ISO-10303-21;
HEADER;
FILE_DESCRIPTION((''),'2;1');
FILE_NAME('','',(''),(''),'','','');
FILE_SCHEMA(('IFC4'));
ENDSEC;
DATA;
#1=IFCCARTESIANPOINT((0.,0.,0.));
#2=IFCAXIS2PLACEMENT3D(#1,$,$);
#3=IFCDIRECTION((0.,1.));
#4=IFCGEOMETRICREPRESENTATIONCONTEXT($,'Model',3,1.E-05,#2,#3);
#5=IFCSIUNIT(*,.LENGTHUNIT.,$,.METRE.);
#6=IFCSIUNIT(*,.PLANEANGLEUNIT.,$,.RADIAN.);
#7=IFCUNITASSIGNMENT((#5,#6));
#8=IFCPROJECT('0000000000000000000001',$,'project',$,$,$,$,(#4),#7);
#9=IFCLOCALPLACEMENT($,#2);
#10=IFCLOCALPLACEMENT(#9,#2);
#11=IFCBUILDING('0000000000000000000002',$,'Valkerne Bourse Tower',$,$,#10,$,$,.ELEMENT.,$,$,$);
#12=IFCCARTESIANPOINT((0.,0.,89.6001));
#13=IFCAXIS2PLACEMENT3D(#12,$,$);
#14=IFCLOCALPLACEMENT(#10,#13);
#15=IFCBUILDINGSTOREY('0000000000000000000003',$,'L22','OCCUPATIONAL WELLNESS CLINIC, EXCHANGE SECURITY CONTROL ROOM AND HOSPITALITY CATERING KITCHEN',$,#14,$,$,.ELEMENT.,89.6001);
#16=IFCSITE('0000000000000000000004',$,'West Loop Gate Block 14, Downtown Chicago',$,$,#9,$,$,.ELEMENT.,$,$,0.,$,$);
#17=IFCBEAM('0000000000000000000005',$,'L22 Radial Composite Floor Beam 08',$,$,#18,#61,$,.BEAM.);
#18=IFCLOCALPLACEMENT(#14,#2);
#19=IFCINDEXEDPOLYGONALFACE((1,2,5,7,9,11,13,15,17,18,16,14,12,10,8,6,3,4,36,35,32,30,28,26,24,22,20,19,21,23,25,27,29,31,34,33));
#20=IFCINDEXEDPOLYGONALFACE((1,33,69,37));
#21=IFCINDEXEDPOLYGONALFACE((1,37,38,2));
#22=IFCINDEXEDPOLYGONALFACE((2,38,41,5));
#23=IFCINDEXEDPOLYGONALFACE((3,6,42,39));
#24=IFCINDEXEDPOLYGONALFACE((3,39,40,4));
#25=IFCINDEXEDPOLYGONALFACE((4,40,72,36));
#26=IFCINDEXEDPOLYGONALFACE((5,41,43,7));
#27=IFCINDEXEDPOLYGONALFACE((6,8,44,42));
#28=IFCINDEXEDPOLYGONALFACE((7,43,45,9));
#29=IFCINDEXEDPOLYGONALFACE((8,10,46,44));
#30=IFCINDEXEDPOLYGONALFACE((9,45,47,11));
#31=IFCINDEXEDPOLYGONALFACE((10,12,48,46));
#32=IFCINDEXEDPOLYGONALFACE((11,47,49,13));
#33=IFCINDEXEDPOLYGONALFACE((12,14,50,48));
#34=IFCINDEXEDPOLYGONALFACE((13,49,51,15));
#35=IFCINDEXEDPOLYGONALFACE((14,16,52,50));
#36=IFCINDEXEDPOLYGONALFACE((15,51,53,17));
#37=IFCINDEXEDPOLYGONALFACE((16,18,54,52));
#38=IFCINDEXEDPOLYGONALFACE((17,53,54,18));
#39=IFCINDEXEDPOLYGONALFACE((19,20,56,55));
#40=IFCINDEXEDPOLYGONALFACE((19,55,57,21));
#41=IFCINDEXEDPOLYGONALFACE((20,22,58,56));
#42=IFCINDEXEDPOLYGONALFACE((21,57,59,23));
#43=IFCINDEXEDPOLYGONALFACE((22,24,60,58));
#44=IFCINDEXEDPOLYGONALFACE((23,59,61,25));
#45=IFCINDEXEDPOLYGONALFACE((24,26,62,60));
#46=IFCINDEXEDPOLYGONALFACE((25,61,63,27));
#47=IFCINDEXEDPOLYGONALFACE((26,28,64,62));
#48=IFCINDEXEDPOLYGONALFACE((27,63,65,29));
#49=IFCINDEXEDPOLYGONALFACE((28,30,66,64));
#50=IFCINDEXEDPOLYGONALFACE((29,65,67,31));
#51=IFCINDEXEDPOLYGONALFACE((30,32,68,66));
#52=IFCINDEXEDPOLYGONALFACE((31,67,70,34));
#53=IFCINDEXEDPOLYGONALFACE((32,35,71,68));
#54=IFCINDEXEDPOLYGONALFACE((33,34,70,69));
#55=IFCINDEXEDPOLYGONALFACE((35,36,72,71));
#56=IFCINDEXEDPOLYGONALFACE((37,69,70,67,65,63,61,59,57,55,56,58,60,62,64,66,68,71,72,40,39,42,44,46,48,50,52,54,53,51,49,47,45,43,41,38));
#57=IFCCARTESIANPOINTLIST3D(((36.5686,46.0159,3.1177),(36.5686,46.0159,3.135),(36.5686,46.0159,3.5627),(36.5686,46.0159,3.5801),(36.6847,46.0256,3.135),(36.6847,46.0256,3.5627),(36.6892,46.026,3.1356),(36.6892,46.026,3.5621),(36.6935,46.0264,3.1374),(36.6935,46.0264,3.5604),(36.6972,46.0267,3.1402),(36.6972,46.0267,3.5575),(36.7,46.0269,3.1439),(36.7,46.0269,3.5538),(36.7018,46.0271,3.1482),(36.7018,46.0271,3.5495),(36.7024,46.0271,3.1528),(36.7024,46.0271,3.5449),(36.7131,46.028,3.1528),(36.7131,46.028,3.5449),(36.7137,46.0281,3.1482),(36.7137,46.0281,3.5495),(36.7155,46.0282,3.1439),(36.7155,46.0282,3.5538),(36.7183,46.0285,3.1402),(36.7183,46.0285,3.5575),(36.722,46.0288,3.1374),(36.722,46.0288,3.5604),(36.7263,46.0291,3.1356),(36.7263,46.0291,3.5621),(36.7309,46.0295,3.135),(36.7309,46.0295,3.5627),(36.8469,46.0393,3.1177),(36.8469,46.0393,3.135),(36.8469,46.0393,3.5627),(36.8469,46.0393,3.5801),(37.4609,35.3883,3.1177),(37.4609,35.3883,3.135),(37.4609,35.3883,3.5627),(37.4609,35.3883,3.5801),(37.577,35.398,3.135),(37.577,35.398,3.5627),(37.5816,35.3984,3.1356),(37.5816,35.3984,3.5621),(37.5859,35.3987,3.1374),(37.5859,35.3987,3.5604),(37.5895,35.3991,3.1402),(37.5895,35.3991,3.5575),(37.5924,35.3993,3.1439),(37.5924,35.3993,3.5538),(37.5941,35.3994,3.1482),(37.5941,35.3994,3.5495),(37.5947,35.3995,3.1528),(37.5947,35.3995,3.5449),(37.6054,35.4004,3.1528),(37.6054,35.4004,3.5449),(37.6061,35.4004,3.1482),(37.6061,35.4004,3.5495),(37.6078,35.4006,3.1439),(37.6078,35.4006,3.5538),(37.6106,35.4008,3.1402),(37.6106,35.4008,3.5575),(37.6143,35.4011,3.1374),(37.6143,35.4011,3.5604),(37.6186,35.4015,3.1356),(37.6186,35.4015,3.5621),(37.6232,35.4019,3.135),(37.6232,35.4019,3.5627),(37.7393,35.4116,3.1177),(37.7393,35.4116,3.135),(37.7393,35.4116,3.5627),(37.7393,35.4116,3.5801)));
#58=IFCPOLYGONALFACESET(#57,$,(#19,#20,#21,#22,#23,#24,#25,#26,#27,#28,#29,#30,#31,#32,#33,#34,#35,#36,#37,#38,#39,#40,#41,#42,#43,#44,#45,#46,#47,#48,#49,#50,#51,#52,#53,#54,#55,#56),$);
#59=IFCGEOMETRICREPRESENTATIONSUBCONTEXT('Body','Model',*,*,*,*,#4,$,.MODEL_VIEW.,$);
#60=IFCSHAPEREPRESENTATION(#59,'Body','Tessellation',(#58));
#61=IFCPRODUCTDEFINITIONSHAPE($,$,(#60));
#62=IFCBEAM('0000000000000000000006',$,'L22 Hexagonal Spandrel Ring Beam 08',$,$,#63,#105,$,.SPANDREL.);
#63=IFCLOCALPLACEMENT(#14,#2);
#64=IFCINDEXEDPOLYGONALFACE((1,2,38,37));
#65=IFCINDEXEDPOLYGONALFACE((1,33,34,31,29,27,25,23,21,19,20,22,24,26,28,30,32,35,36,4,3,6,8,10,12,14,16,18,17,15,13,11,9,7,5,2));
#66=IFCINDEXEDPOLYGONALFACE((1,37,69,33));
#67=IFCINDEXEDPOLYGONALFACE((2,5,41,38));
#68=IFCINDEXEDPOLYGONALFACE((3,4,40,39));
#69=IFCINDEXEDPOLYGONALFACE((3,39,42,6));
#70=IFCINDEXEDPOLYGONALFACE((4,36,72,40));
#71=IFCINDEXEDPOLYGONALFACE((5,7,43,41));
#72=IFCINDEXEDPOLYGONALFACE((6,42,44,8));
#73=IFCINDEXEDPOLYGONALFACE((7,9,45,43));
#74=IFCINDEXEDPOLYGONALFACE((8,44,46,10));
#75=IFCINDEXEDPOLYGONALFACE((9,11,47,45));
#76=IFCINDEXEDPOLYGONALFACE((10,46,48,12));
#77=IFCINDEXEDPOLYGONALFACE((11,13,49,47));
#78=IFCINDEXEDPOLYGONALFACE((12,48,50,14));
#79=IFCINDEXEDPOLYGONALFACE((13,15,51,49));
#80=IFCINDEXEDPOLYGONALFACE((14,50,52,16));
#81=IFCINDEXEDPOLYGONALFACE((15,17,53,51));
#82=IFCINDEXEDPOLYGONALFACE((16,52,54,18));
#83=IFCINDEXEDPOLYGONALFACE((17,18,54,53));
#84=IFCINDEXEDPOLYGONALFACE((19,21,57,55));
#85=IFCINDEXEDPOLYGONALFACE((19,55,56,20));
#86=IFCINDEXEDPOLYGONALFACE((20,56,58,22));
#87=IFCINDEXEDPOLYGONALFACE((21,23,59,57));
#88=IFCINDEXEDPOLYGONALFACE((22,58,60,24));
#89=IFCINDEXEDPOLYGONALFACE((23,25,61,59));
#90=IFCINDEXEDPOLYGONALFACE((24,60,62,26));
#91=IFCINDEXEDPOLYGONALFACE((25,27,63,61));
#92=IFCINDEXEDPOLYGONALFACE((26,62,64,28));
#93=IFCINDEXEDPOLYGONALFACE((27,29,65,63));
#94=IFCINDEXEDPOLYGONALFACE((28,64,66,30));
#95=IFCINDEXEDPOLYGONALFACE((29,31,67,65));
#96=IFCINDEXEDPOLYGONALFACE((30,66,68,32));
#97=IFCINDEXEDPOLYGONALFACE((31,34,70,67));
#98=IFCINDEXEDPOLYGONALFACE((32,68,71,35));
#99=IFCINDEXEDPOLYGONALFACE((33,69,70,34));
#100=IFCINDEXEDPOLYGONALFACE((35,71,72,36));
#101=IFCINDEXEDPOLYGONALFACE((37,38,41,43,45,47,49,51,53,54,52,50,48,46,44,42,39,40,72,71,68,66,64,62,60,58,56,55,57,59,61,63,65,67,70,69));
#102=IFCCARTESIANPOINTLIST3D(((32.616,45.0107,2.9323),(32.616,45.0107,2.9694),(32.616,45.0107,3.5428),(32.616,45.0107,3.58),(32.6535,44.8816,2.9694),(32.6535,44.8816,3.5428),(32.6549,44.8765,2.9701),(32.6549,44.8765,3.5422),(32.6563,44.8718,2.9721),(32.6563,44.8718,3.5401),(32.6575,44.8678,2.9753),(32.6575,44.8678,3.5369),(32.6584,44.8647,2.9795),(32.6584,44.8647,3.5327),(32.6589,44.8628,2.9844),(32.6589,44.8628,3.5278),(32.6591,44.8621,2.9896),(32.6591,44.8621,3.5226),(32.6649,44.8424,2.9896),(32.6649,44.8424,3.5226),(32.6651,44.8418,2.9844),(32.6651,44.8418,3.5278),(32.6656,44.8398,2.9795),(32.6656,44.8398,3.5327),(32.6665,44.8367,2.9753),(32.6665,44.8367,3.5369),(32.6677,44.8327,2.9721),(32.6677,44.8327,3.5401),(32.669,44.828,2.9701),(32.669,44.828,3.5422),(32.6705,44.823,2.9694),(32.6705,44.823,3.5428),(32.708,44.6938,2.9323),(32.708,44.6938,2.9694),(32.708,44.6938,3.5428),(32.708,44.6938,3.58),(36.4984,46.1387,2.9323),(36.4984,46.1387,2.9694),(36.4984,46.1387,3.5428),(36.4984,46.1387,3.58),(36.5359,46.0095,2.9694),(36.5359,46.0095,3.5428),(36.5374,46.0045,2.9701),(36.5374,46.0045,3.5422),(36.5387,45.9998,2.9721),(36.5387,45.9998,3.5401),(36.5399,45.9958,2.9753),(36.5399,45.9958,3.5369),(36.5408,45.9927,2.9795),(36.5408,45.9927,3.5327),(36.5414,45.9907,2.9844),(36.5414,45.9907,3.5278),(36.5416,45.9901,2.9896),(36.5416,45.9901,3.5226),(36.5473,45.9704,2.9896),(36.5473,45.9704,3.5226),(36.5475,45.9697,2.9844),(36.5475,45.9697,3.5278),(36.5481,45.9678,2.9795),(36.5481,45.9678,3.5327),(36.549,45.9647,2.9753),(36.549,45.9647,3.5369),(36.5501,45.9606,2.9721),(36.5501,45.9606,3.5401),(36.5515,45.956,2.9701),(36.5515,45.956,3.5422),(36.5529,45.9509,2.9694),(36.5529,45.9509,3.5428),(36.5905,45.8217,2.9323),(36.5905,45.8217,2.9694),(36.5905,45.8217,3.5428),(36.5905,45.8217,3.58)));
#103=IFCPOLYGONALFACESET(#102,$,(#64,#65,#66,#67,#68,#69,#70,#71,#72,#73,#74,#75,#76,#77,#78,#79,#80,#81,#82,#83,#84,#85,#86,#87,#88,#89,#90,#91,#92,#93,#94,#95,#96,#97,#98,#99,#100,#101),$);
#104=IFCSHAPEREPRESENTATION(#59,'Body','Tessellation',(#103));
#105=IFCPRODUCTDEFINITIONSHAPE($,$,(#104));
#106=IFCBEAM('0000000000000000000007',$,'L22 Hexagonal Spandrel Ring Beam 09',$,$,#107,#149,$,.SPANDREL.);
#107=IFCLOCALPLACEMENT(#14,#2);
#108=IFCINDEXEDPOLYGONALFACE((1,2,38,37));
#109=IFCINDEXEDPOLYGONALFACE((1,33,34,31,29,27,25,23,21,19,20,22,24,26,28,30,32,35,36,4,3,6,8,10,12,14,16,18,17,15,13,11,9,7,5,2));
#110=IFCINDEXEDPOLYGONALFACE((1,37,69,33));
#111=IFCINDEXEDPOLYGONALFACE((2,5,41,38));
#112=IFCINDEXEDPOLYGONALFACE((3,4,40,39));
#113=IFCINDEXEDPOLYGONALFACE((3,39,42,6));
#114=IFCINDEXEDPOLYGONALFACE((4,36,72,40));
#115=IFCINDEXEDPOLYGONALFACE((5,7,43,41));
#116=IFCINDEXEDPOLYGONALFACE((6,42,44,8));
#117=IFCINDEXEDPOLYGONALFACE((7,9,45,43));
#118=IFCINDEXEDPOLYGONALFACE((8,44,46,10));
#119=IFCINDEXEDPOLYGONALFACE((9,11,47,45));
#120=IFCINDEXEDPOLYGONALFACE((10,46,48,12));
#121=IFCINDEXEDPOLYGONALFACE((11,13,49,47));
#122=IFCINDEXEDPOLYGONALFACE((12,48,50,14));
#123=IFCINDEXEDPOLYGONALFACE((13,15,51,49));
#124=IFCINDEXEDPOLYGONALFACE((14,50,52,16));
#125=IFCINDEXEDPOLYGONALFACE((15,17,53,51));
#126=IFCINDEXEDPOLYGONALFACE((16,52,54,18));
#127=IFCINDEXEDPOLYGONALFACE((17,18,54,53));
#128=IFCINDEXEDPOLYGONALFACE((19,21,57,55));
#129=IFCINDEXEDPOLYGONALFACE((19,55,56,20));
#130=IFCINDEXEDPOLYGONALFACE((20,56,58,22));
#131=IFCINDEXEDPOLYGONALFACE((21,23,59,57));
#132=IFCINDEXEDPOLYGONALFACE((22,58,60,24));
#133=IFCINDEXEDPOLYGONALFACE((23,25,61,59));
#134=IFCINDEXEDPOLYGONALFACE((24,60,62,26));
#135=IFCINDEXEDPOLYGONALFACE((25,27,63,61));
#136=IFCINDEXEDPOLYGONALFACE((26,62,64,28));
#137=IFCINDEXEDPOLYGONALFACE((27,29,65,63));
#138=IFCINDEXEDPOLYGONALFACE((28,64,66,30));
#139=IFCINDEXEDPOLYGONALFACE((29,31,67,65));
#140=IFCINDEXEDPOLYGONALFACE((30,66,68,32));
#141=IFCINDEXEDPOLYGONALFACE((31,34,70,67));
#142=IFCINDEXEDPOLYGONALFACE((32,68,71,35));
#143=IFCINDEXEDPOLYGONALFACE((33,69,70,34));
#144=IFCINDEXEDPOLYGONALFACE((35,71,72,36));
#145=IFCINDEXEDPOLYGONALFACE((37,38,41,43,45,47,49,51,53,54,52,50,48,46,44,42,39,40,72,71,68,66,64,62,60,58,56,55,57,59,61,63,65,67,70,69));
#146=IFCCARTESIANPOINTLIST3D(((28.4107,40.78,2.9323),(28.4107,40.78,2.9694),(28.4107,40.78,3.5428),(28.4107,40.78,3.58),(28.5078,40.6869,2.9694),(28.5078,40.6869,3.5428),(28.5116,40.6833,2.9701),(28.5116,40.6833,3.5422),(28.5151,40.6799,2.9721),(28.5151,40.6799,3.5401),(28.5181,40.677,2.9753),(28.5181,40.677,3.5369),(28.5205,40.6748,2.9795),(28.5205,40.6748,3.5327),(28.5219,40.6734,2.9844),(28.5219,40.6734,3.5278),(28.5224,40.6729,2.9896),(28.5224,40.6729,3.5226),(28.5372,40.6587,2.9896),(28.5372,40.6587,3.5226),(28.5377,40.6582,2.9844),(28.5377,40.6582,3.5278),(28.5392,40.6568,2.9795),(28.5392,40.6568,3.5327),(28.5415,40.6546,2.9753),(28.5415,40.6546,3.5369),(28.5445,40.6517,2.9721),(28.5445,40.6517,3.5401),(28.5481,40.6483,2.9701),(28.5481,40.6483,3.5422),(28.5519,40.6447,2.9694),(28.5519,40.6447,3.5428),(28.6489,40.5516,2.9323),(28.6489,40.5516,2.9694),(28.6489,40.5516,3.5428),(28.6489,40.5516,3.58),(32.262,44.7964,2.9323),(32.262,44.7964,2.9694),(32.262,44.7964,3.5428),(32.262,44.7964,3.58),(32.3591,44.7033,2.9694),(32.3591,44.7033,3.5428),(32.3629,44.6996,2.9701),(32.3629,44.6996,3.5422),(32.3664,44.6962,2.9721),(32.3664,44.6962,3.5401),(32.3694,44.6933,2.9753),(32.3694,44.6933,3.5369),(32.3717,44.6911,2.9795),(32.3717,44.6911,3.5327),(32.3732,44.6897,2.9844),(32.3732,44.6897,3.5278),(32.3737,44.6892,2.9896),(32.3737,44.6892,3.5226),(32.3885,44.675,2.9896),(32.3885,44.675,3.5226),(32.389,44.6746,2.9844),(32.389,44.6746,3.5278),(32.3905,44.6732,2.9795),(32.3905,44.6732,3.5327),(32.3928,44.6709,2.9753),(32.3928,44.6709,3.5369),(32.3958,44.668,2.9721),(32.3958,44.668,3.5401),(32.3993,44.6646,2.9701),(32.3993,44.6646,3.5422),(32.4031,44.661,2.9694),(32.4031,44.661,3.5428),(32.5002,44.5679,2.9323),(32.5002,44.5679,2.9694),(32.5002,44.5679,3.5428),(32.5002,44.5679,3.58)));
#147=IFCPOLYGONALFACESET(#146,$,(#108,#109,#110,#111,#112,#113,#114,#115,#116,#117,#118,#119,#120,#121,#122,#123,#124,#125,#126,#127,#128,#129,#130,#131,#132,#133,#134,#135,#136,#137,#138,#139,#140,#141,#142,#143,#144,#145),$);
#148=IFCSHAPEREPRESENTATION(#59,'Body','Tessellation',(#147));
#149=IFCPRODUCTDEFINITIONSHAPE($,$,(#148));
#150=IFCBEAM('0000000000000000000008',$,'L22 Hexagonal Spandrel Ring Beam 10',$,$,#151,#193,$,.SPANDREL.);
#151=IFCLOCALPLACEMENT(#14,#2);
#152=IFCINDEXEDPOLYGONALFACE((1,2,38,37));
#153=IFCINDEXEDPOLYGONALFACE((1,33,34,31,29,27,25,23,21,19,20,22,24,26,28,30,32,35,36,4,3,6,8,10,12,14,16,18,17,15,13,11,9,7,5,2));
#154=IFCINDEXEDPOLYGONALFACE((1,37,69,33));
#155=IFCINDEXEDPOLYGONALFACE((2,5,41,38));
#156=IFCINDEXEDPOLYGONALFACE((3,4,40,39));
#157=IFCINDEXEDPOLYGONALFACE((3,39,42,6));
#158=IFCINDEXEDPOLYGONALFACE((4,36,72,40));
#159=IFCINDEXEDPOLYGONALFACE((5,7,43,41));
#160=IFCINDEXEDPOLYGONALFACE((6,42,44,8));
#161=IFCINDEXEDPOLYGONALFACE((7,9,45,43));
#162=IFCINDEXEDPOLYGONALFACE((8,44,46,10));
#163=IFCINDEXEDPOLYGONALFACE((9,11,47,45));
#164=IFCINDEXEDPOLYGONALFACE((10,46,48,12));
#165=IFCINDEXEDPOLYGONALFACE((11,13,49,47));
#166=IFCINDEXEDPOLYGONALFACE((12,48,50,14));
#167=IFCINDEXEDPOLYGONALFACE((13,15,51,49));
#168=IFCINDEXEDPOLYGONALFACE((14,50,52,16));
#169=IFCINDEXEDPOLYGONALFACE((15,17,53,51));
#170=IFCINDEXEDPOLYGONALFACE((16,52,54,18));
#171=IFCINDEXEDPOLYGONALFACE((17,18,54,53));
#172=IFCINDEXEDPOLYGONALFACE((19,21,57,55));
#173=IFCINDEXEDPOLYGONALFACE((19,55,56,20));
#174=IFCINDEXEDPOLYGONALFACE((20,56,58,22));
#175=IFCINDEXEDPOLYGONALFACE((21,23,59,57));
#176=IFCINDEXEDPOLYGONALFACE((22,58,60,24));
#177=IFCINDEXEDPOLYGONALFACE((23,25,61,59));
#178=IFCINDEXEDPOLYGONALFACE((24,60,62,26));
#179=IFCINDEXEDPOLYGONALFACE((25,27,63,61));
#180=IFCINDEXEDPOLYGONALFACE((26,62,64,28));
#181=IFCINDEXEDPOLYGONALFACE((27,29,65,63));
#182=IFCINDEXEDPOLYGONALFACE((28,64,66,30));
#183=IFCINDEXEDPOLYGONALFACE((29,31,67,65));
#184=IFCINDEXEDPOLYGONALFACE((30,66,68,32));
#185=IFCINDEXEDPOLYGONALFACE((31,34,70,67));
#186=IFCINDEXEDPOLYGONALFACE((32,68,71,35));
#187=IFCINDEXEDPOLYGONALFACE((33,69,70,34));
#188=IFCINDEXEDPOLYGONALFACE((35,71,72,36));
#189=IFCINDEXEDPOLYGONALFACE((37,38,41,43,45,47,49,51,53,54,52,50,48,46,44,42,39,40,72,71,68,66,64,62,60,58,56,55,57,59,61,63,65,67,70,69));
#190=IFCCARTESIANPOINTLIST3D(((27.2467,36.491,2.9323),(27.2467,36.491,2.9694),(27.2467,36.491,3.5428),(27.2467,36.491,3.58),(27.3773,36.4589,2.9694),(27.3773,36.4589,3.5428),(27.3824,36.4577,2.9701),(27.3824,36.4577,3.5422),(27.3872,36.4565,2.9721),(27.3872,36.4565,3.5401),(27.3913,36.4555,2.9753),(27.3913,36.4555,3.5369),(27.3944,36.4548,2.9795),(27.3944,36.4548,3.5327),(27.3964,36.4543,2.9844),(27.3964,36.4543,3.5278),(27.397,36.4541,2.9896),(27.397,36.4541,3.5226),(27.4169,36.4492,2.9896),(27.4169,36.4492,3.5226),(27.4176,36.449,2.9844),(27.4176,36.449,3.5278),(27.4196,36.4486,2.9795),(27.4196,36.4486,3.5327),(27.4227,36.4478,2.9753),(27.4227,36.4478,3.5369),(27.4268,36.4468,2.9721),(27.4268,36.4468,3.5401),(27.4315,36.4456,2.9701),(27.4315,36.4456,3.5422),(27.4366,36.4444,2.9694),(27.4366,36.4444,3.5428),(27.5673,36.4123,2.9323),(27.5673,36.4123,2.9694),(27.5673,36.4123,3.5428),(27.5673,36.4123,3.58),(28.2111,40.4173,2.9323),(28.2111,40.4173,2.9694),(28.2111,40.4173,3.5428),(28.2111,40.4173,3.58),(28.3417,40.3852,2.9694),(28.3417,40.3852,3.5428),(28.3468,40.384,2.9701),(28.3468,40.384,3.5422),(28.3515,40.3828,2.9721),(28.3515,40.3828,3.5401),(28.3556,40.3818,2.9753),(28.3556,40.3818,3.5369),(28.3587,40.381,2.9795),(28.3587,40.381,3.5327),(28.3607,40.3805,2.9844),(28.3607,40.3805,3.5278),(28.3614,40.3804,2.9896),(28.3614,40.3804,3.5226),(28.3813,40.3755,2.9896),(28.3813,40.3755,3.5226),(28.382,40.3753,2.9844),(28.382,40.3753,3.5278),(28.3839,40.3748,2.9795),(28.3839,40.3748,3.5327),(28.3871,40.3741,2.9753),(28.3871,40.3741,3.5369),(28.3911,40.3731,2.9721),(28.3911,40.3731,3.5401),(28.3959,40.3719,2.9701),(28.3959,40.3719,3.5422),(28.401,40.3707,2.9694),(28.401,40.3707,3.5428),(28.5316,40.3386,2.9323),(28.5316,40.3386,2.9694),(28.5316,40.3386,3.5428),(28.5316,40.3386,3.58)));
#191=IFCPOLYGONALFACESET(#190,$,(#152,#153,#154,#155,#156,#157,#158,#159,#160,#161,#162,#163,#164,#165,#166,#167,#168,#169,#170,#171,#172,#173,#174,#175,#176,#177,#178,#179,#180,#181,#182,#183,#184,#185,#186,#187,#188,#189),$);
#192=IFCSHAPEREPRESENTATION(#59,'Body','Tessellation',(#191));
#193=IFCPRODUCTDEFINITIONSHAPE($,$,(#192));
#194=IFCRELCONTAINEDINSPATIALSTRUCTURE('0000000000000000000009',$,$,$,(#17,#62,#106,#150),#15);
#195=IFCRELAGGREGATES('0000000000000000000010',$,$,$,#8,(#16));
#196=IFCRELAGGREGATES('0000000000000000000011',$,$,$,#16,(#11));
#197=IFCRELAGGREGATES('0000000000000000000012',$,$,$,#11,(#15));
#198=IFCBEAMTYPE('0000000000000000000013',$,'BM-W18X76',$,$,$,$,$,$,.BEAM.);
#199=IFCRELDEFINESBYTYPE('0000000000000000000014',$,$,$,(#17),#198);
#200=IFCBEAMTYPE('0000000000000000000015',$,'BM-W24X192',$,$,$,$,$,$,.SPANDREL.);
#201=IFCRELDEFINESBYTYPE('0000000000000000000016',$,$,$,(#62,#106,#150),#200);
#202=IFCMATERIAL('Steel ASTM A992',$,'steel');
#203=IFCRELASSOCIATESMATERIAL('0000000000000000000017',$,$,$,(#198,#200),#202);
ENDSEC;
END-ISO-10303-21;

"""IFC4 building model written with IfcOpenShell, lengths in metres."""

from ifc_helpers import new_model, si_unit, direction, frame, origin, origin_2d, place, context, subcontext, project, spatial, i_section, extrude, material, material_profile, profile_set, type_object, element, save


model = new_model("IFC4")

# Units and contexts
model_context = context("Model", 3, precision=1e-05, world=origin(), true_north=direction((0.0, 1.0)))
body_context = subcontext(model_context, "Body", "Model", "MODEL_VIEW")
ifc_project = project(units=[si_unit("LENGTHUNIT", "METRE"), si_unit("PLANEANGLEUNIT", "RADIAN")], contexts=[model_context])

# Site, building, storey
site_placement = place(None, origin())
site = spatial("IfcSite", under=ifc_project, at=site_placement, Name="West Loop Gate Block 14, Downtown Chicago", CompositionType="ELEMENT", RefElevation=0.0)
building_placement = place(site_placement, origin())
building = spatial("IfcBuilding", under=site, at=building_placement, Name="Valkerne Bourse Tower", CompositionType="ELEMENT")
storey_placement = place(building_placement, frame((0.0, 0.0, 89.6001)))
storey = spatial("IfcBuildingStorey", under=building, at=storey_placement, Name="L22", Description="OCCUPATIONAL WELLNESS CLINIC, EXCHANGE SECURITY CONTROL ROOM AND HOSPITALITY CATERING KITCHEN", CompositionType="ELEMENT", Elevation=89.6001)

# Beams
ifc_material_1 = material(Name="Steel ASTM A992", Category="steel")
ifc_material_profile_1 = material_profile(ifc_material_1, i_section(OverallWidth=0.2793, OverallDepth=0.4624, WebThickness=0.0107, FlangeThickness=0.0173, FilletRadius=0.0178, at=origin_2d()), Name="W18X76")
ifc_profile_set_1 = profile_set([ifc_material_profile_1], Name="Steel ASTM A992")
beam_type_1 = type_object("IfcBeamType", Name="BM-W18X76", PredefinedType="BEAM", material=ifc_profile_set_1)
beam_1_placement = place(storey_placement, frame((36.7078, 46.0276, 3.3489), z_axis=(0.083669, -0.996494, 0.0), x_axis=(0.996494, 0.083669, 0.0)))
element("IfcBeam", 1, at=beam_1_placement, inside=storey, type_object=beam_type_1, Name="L22 Radial Composite Floor Beam 08", PredefinedType="BEAM", context=body_context, shape_type="SweptSolid", body=[
    extrude(i_section(OverallWidth=0.2793, OverallDepth=0.4624, WebThickness=0.0107, FlangeThickness=0.0173, FilletRadius=0.0178, at=origin_2d()), origin(), (0.0, 0.0, 1.0), 10.665),
])
ifc_material_profile_2 = material_profile(ifc_material_1, i_section(OverallWidth=0.3301, OverallDepth=0.6477, WebThickness=0.0205, FlangeThickness=0.0371, FilletRadius=0.0203, at=origin_2d()), Name="W24X192")
ifc_profile_set_2 = profile_set([ifc_material_profile_2], Name="Steel ASTM A992")
beam_type_2 = type_object("IfcBeamType", Name="BM-W24X192", PredefinedType="SPANDREL", material=ifc_profile_set_2)
beam_2_placement = place(storey_placement, frame((36.5444, 45.9802, 3.2561), z_axis=(-0.960293, -0.278993, 0.0), x_axis=(0.278993, -0.960293, 0.0)))
element("IfcBeam", 2, at=beam_2_placement, inside=storey, type_object=beam_type_2, Name="L22 Hexagonal Spandrel Ring Beam 08", PredefinedType="SPANDREL", context=body_context, shape_type="SweptSolid", body=[
    extrude(i_section(OverallWidth=0.3301, OverallDepth=0.6477, WebThickness=0.0205, FlangeThickness=0.0371, FilletRadius=0.0203, at=origin_2d()), origin(), (0.0, 0.0, 1.0), 4.043),
])
beam_3_placement = place(storey_placement, frame((32.3811, 44.6821, 3.2561), z_axis=(-0.692122, -0.721781, 0.0), x_axis=(0.721781, -0.692122, 0.0)))
element("IfcBeam", 3, at=beam_3_placement, inside=storey, type_object=beam_type_2, Name="L22 Hexagonal Spandrel Ring Beam 09", PredefinedType="SPANDREL", context=body_context, shape_type="SweptSolid", body=[
    extrude(i_section(OverallWidth=0.3301, OverallDepth=0.6477, WebThickness=0.0205, FlangeThickness=0.0371, FilletRadius=0.0203, at=origin_2d()), origin(), (0.0, 0.0, 1.0), 5.5645),
])
beam_4_placement = place(storey_placement, frame((28.3713, 40.3779, 3.2561), z_axis=(-0.238527, -0.971136, 0.0), x_axis=(0.971136, -0.238527, 0.0)))
element("IfcBeam", 4, at=beam_4_placement, inside=storey, type_object=beam_type_2, Name="L22 Hexagonal Spandrel Ring Beam 10", PredefinedType="SPANDREL", context=body_context, shape_type="SweptSolid", body=[
    extrude(i_section(OverallWidth=0.3301, OverallDepth=0.6477, WebThickness=0.0205, FlangeThickness=0.0371, FilletRadius=0.0203, at=origin_2d()), origin(), (0.0, 0.0, 1.0), 4.043),
])

save(model, "model.ifc")
